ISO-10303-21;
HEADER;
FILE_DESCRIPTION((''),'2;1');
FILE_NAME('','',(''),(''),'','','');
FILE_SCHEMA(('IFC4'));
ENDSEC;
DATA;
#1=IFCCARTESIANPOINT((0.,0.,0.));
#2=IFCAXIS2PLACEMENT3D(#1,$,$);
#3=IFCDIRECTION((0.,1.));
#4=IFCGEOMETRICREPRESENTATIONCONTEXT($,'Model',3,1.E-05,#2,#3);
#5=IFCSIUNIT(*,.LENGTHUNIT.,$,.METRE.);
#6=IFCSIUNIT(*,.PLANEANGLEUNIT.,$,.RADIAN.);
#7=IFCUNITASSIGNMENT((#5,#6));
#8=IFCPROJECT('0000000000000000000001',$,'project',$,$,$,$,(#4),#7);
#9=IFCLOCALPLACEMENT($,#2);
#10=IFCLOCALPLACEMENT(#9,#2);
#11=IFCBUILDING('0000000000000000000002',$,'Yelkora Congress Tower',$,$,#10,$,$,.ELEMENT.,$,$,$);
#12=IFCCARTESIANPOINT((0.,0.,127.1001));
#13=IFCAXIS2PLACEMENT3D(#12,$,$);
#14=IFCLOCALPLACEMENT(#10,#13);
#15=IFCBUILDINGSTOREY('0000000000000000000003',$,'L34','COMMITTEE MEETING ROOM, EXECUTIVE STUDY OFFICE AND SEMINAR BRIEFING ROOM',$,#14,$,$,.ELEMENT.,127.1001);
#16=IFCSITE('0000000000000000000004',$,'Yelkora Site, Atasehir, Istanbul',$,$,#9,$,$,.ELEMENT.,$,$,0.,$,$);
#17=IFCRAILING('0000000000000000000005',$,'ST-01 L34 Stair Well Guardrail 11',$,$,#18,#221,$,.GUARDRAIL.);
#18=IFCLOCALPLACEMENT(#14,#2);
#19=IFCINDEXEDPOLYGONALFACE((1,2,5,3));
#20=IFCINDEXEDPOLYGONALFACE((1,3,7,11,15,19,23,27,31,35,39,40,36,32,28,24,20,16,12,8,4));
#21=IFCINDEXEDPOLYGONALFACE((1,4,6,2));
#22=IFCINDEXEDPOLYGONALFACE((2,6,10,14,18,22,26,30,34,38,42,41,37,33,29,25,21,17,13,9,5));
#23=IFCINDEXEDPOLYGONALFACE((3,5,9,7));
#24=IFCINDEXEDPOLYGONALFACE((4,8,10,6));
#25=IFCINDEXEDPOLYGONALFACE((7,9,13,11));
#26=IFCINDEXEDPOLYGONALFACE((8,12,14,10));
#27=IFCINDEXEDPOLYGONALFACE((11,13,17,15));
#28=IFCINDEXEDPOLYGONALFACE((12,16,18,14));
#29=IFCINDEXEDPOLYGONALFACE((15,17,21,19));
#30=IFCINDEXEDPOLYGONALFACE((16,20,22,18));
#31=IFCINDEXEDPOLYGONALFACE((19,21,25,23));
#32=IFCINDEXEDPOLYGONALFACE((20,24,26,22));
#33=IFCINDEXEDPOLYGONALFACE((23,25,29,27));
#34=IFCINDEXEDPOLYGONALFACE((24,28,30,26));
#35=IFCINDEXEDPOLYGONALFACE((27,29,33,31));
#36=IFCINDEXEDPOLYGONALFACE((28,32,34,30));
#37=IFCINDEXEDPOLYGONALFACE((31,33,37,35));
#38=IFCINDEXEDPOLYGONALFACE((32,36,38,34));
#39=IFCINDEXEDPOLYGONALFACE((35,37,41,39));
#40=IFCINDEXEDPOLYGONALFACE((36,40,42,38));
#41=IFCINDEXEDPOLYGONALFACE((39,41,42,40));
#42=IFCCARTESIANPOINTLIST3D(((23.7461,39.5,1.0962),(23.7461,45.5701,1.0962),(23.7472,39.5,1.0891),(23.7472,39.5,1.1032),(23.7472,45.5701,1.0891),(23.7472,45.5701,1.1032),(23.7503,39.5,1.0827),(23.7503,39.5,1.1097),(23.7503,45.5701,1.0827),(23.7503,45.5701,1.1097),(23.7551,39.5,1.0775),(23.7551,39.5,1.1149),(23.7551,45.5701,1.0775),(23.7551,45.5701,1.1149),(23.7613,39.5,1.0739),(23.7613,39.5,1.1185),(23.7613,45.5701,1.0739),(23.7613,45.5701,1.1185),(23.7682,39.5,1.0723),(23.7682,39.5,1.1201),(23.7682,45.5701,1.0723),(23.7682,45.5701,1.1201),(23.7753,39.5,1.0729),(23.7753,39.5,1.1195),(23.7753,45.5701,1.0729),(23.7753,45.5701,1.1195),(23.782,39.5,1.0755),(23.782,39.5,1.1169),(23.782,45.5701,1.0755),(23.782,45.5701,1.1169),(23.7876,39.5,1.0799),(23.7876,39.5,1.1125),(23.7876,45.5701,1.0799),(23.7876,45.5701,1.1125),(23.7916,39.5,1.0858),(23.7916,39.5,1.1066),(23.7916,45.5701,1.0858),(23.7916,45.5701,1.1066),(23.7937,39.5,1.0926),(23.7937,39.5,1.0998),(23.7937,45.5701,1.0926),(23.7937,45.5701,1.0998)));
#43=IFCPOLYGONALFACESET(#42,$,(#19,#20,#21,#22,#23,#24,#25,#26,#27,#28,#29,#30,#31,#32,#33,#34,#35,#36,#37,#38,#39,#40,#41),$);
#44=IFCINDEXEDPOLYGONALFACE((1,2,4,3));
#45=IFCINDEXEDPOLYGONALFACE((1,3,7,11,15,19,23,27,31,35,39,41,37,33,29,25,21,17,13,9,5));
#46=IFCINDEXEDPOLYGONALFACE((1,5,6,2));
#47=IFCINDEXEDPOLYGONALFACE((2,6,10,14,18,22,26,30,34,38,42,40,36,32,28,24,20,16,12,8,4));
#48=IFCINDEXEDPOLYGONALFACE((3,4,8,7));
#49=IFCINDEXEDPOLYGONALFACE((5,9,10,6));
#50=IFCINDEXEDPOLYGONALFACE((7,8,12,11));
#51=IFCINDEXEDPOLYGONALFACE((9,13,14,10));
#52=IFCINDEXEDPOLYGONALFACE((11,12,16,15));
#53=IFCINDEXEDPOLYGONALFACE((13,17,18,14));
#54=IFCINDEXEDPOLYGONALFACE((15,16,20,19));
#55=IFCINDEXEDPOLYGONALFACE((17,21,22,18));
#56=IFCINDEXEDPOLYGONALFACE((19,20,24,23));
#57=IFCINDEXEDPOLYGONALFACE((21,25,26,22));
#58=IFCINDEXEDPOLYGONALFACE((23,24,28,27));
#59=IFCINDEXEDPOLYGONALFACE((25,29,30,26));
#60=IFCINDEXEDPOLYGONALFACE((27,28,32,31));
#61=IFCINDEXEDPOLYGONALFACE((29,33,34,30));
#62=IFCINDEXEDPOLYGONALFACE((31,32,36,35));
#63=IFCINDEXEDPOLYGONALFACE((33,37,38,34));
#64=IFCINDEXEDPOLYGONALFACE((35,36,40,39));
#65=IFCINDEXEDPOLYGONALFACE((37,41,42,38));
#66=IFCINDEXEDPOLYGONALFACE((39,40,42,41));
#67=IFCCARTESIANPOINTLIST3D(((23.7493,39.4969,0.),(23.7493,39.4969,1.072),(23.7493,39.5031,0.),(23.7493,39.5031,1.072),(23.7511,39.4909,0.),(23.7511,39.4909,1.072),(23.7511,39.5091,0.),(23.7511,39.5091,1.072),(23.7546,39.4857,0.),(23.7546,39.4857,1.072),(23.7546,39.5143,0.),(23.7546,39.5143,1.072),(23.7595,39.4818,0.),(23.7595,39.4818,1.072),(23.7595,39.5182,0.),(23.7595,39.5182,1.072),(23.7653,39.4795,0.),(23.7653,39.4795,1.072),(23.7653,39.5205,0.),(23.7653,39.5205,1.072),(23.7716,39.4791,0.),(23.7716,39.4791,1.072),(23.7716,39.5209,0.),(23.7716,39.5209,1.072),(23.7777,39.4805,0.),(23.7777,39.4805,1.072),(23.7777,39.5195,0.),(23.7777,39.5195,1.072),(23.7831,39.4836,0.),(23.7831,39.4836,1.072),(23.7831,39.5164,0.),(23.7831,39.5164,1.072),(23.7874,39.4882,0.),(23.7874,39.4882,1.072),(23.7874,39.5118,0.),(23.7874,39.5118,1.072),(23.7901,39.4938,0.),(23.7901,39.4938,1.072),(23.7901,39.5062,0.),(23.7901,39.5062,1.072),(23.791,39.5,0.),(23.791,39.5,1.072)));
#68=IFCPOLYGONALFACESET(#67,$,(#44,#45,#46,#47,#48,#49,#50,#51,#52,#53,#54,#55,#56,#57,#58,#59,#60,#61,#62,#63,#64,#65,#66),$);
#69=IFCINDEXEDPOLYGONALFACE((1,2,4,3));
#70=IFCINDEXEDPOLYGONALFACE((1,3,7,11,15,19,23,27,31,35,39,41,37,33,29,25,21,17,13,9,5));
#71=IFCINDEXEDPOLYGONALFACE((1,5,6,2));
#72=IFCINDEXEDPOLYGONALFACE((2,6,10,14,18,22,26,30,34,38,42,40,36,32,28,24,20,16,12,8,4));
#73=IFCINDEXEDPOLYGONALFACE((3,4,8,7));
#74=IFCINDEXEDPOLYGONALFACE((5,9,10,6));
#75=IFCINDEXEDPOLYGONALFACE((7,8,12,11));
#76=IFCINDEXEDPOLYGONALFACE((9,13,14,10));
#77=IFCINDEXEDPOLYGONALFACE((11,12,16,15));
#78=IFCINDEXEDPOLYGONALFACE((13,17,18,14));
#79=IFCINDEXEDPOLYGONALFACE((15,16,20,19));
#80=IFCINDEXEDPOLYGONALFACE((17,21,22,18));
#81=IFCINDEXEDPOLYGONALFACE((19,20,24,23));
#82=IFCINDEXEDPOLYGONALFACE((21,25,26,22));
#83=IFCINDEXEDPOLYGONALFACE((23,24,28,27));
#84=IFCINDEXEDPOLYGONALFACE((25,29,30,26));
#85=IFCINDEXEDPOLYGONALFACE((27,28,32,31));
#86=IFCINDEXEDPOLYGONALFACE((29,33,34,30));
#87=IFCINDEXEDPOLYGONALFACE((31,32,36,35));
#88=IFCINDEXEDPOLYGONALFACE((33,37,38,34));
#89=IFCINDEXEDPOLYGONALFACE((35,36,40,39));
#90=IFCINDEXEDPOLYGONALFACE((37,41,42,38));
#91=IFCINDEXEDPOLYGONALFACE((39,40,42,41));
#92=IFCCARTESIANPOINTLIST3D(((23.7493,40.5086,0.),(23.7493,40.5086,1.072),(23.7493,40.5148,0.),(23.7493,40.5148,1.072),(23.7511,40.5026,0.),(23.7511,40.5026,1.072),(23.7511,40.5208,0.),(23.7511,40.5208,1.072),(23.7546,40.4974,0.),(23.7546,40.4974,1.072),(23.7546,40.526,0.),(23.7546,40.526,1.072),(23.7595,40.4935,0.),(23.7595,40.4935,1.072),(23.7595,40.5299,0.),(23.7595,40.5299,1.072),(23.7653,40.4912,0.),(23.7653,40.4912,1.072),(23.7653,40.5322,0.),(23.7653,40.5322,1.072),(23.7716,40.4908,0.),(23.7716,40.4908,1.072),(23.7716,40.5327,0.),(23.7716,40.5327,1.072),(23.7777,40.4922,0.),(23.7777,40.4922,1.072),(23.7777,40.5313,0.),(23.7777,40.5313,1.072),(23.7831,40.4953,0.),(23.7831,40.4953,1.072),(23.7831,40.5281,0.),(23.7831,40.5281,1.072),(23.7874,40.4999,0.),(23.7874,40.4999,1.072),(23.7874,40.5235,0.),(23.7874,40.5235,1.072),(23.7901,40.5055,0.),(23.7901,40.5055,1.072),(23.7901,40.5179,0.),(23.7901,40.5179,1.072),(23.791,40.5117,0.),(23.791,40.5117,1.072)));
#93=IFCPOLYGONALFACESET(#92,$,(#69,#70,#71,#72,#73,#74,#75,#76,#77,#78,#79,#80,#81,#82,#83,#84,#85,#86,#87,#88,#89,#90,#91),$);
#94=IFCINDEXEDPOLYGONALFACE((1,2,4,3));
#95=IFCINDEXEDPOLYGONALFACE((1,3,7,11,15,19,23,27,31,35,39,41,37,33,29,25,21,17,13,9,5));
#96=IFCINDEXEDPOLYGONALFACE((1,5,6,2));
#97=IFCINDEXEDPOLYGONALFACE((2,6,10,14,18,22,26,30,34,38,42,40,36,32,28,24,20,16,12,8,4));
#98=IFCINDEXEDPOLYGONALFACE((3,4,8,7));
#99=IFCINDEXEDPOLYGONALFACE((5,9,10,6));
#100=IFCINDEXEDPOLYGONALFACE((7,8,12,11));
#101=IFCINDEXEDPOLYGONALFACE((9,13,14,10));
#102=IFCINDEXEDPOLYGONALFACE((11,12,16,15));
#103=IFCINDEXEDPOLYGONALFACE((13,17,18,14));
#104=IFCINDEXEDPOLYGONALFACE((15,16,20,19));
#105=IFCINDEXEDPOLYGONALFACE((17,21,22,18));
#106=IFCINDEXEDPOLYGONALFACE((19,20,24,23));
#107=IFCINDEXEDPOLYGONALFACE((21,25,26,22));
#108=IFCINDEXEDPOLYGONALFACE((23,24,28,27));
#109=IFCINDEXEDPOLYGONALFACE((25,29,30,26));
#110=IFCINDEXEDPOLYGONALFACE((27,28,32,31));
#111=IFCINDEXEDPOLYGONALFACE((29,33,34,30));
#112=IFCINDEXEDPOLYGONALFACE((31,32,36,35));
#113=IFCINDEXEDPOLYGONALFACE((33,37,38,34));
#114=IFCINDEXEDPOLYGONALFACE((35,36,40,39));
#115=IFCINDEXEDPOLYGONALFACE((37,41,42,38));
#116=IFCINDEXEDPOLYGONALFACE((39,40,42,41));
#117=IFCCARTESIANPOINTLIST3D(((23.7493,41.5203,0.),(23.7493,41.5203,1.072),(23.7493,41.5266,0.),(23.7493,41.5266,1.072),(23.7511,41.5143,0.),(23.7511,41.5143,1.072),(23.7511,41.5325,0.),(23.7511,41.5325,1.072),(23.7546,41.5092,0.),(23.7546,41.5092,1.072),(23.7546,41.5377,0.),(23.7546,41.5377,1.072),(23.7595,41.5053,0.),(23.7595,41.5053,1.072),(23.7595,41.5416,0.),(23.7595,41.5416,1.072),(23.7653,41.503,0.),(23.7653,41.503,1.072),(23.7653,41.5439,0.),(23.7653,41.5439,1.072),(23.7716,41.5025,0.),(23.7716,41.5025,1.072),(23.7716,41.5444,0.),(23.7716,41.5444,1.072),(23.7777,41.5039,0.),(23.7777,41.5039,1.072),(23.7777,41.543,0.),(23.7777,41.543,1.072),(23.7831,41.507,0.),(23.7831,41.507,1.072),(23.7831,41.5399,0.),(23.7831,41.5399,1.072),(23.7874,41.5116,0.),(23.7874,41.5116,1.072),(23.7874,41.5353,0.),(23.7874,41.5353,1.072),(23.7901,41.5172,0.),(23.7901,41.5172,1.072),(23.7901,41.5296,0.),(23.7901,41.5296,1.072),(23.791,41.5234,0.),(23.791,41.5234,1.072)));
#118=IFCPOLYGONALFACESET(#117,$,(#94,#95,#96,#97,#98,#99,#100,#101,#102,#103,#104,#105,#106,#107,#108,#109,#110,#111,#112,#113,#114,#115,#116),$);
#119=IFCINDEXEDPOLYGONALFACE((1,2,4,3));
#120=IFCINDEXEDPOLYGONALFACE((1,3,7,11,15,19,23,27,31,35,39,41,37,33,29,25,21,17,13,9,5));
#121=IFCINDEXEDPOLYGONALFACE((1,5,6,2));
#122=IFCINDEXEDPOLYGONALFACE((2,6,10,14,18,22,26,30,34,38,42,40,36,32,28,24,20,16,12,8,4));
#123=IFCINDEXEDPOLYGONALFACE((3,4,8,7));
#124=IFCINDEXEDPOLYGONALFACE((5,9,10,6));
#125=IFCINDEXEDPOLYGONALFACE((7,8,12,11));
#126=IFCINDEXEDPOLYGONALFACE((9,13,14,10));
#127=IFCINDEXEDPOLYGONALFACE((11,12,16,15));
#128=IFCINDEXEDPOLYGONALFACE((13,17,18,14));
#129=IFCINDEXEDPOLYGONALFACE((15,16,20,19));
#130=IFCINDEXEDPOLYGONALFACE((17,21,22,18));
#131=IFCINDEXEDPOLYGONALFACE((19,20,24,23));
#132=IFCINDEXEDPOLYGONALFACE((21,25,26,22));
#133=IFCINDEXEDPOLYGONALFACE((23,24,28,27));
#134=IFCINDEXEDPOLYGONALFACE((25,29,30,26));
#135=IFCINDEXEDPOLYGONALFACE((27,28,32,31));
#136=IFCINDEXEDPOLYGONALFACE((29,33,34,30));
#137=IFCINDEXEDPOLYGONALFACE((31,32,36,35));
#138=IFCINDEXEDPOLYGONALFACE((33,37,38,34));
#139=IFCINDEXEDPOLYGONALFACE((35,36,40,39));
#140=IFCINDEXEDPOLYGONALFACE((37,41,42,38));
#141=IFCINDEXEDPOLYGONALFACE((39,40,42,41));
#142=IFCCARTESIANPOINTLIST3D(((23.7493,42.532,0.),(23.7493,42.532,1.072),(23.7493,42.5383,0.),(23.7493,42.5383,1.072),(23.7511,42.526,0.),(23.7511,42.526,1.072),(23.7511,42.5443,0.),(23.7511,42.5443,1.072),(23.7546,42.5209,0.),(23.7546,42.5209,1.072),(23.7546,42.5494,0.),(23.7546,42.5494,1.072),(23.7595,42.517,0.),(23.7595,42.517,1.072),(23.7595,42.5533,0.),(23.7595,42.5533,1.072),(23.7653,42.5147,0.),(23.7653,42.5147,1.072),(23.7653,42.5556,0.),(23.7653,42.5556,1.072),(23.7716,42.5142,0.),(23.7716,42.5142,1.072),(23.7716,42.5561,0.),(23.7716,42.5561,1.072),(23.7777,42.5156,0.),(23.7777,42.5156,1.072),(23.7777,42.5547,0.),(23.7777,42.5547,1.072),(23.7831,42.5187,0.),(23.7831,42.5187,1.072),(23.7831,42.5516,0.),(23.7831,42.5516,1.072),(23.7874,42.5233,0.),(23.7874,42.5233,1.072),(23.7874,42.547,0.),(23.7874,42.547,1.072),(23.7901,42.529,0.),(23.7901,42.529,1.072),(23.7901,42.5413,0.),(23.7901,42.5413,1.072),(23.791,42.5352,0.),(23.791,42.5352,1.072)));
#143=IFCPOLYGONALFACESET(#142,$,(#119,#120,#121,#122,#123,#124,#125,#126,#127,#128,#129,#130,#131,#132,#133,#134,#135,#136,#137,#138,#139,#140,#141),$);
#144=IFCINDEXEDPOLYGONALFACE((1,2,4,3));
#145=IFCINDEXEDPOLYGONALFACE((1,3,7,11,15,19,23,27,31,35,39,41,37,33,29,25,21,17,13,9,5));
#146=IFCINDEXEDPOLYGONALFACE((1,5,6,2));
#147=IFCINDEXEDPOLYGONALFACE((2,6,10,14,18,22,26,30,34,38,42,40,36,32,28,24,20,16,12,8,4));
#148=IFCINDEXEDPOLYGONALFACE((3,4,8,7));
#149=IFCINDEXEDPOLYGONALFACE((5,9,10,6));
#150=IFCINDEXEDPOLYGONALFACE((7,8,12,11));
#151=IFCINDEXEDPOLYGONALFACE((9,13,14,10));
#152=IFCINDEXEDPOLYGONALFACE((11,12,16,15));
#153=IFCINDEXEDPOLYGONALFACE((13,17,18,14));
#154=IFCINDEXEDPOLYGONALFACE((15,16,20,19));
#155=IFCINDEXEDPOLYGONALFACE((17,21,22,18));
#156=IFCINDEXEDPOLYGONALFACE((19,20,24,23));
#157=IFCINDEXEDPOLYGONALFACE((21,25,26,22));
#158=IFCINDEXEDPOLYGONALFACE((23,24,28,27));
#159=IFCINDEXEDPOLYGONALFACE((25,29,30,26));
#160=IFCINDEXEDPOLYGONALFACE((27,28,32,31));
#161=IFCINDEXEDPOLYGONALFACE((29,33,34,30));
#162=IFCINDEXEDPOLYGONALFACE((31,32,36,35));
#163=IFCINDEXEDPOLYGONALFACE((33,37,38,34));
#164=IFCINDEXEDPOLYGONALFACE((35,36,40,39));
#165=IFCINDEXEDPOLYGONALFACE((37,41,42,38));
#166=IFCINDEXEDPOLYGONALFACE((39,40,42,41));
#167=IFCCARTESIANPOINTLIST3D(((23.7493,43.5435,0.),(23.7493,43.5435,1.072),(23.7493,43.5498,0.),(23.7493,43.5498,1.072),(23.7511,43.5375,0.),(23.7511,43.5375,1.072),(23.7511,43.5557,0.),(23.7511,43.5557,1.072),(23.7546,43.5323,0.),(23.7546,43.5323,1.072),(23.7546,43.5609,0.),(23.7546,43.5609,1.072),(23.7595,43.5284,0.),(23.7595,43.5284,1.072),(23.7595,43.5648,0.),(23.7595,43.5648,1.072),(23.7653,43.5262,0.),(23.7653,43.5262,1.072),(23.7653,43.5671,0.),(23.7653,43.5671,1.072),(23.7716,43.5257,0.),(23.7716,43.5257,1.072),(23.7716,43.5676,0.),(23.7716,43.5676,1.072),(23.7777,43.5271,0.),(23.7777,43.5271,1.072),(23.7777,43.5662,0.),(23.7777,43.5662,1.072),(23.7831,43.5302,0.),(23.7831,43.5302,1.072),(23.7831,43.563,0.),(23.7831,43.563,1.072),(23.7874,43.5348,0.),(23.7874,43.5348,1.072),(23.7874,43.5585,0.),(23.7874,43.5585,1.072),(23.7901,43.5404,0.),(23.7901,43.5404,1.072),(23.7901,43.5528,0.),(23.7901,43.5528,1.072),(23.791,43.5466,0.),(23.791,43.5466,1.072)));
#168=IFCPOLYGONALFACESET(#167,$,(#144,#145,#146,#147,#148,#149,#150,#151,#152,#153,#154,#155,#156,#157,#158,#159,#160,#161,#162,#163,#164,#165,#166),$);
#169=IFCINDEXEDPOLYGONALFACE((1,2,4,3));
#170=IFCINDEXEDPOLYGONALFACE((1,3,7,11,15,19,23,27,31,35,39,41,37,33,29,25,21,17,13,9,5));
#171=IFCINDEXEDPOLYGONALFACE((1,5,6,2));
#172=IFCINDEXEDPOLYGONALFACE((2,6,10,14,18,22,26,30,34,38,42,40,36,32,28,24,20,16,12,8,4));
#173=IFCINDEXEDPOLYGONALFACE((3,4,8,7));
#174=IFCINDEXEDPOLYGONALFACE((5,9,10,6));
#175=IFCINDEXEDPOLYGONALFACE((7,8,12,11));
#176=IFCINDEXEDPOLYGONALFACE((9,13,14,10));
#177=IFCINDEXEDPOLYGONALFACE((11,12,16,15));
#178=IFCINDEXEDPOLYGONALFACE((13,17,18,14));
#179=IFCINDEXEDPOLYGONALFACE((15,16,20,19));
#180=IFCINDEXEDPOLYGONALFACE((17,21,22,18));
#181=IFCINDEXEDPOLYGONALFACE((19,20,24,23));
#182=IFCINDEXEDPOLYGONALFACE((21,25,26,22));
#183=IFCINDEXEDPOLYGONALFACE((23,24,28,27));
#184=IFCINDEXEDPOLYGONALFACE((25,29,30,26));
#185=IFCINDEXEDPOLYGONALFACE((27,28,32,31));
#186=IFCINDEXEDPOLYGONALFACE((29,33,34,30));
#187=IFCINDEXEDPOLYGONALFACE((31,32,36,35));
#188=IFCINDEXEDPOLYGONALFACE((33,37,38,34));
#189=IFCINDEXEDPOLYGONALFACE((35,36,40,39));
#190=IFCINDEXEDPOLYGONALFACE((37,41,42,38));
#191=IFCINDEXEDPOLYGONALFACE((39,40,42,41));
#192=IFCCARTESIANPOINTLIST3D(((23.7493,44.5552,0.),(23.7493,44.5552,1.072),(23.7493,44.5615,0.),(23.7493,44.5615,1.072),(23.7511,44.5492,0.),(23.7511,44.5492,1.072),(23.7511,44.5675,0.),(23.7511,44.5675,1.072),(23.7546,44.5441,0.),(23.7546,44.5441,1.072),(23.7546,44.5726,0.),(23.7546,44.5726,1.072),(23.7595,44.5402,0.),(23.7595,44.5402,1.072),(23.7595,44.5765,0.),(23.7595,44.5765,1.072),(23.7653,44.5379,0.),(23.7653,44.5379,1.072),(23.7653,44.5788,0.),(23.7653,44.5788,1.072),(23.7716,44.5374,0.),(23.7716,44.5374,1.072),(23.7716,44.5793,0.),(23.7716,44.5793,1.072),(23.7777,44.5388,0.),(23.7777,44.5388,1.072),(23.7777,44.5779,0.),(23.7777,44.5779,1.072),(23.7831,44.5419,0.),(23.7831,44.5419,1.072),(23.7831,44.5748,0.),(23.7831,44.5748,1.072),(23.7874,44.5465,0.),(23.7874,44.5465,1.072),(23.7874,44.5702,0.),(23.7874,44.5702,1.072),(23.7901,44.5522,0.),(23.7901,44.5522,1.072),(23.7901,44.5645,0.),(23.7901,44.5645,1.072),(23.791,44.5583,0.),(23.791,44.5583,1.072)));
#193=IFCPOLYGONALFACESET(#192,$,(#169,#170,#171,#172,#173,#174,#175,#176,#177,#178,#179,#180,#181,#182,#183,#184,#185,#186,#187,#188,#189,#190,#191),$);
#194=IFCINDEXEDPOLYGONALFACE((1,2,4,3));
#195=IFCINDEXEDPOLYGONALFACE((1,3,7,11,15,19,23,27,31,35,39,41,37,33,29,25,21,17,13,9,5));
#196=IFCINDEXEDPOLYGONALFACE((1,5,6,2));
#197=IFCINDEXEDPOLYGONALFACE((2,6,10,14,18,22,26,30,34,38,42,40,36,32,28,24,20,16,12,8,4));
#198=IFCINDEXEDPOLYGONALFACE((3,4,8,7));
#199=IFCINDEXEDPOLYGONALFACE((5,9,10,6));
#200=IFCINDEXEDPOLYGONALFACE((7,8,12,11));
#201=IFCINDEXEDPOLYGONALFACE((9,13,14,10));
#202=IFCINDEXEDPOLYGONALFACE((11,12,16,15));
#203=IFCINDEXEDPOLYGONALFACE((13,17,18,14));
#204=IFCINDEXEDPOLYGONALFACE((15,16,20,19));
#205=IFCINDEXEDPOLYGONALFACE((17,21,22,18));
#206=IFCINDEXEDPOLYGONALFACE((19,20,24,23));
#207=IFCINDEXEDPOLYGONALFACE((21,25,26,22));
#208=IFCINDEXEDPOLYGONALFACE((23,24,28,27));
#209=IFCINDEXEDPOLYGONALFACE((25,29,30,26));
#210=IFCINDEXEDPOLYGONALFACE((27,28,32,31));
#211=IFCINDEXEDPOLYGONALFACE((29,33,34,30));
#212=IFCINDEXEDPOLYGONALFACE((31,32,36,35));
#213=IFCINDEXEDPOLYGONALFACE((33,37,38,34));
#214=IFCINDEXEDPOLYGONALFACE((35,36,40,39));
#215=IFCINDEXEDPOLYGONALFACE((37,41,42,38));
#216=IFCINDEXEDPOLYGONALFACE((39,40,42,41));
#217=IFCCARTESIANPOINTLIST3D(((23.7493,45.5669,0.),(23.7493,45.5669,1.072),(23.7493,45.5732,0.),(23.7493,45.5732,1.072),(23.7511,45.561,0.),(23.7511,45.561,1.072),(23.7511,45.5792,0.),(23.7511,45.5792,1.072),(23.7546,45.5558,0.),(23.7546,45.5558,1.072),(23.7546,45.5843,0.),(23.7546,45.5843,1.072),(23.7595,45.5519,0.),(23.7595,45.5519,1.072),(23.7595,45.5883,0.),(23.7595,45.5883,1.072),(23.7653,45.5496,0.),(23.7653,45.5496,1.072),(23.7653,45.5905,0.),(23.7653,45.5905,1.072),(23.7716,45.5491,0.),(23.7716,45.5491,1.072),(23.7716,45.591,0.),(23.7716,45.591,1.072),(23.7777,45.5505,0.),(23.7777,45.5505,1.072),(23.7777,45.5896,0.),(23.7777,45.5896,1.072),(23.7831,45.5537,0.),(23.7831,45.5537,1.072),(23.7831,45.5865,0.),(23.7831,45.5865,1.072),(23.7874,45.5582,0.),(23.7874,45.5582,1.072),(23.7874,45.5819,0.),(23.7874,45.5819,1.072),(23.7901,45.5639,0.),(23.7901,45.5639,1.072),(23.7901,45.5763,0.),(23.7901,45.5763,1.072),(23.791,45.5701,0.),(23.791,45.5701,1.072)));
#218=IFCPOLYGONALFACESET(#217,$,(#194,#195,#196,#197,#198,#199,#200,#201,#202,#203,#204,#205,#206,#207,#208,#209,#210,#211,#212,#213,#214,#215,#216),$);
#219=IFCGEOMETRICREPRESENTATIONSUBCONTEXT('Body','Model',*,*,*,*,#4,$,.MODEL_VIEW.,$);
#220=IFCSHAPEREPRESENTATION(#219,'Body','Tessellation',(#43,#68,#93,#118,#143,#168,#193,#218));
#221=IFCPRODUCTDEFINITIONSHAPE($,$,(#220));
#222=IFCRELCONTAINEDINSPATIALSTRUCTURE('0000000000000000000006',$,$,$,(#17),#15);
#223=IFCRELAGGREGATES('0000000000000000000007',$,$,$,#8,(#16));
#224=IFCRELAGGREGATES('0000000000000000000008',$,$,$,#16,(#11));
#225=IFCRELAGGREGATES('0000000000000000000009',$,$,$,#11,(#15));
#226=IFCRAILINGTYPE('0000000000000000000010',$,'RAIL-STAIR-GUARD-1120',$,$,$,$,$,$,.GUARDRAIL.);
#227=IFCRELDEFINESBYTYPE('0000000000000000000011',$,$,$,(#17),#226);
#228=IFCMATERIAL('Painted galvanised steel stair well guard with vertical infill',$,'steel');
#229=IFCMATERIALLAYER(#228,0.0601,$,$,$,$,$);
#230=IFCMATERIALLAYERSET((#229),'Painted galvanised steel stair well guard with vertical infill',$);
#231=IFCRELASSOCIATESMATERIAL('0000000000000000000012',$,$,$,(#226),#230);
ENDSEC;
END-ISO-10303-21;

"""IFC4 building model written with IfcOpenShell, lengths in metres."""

from ifc_helpers import new_model, si_unit, direction, frame, origin, origin_2d, place, context, subcontext, project, spatial, circle, extrude, material, layer, layer_set, type_object, element, save


model = new_model("IFC4")

# Units and contexts
model_context = context("Model", 3, precision=1e-05, world=origin(), true_north=direction((0.0, 1.0)))
body_context = subcontext(model_context, "Body", "Model", "MODEL_VIEW")
ifc_project = project(units=[si_unit("LENGTHUNIT", "METRE"), si_unit("PLANEANGLEUNIT", "RADIAN")], contexts=[model_context])

# Site, building, storey
site_placement = place(None, origin())
site = spatial("IfcSite", under=ifc_project, at=site_placement, Name="Yelkora Site, Atasehir, Istanbul", CompositionType="ELEMENT", RefElevation=0.0)
building_placement = place(site_placement, origin())
building = spatial("IfcBuilding", under=site, at=building_placement, Name="Yelkora Congress Tower", CompositionType="ELEMENT")
storey_placement = place(building_placement, frame((0.0, 0.0, 127.1001)))
storey = spatial("IfcBuildingStorey", under=building, at=storey_placement, Name="L34", Description="COMMITTEE MEETING ROOM, EXECUTIVE STUDY OFFICE AND SEMINAR BRIEFING ROOM", CompositionType="ELEMENT", Elevation=127.1001)

# Railing
ifc_material_1 = material(Name="Painted galvanised steel stair well guard with vertical infill", Category="steel")
ifc_layer_1 = layer(ifc_material_1, 0.0601)
ifc_layer_set_1 = layer_set([ifc_layer_1], Name="Painted galvanised steel stair well guard with vertical infill")
railing_type_1 = type_object("IfcRailingType", Name="RAIL-STAIR-GUARD-1120", PredefinedType="GUARDRAIL", material=ifc_layer_set_1)
railing_1_placement = place(storey_placement, frame((23.77, 39.5, 0.0)))
element("IfcRailing", 1, at=railing_1_placement, inside=storey, type_object=railing_type_1, Name="ST-01 L34 Stair Well Guardrail 11", PredefinedType="GUARDRAIL", context=body_context, shape_type="SweptSolid", body=[
    extrude(circle(Radius=0.0239, at=origin_2d()), frame((0.0, 0.0, 1.0962), z_axis=(0.0, 1.0, 0.0), x_axis=(-1.0, 0.0, 0.0)), (0.0, 0.0, 1.0), 6.0701),
    extrude(circle(Radius=0.021, at=origin_2d()), origin(), (0.0, 0.0, 1.0), 1.072),
    extrude(circle(Radius=0.021, at=origin_2d()), frame((0.0, 1.0117, 0.0)), (0.0, 0.0, 1.0), 1.072),
    extrude(circle(Radius=0.021, at=origin_2d()), frame((0.0, 2.0234, 0.0)), (0.0, 0.0, 1.0), 1.072),
    extrude(circle(Radius=0.021, at=origin_2d()), frame((0.0, 3.0352, 0.0)), (0.0, 0.0, 1.0), 1.072),
    extrude(circle(Radius=0.021, at=origin_2d()), frame((0.0, 4.0466, 0.0)), (0.0, 0.0, 1.0), 1.072),
    extrude(circle(Radius=0.021, at=origin_2d()), frame((0.0, 5.0583, 0.0)), (0.0, 0.0, 1.0), 1.072),
    extrude(circle(Radius=0.021, at=origin_2d()), frame((0.0, 6.0701, 0.0)), (0.0, 0.0, 1.0), 1.072),
])

save(model, "model.ifc")
